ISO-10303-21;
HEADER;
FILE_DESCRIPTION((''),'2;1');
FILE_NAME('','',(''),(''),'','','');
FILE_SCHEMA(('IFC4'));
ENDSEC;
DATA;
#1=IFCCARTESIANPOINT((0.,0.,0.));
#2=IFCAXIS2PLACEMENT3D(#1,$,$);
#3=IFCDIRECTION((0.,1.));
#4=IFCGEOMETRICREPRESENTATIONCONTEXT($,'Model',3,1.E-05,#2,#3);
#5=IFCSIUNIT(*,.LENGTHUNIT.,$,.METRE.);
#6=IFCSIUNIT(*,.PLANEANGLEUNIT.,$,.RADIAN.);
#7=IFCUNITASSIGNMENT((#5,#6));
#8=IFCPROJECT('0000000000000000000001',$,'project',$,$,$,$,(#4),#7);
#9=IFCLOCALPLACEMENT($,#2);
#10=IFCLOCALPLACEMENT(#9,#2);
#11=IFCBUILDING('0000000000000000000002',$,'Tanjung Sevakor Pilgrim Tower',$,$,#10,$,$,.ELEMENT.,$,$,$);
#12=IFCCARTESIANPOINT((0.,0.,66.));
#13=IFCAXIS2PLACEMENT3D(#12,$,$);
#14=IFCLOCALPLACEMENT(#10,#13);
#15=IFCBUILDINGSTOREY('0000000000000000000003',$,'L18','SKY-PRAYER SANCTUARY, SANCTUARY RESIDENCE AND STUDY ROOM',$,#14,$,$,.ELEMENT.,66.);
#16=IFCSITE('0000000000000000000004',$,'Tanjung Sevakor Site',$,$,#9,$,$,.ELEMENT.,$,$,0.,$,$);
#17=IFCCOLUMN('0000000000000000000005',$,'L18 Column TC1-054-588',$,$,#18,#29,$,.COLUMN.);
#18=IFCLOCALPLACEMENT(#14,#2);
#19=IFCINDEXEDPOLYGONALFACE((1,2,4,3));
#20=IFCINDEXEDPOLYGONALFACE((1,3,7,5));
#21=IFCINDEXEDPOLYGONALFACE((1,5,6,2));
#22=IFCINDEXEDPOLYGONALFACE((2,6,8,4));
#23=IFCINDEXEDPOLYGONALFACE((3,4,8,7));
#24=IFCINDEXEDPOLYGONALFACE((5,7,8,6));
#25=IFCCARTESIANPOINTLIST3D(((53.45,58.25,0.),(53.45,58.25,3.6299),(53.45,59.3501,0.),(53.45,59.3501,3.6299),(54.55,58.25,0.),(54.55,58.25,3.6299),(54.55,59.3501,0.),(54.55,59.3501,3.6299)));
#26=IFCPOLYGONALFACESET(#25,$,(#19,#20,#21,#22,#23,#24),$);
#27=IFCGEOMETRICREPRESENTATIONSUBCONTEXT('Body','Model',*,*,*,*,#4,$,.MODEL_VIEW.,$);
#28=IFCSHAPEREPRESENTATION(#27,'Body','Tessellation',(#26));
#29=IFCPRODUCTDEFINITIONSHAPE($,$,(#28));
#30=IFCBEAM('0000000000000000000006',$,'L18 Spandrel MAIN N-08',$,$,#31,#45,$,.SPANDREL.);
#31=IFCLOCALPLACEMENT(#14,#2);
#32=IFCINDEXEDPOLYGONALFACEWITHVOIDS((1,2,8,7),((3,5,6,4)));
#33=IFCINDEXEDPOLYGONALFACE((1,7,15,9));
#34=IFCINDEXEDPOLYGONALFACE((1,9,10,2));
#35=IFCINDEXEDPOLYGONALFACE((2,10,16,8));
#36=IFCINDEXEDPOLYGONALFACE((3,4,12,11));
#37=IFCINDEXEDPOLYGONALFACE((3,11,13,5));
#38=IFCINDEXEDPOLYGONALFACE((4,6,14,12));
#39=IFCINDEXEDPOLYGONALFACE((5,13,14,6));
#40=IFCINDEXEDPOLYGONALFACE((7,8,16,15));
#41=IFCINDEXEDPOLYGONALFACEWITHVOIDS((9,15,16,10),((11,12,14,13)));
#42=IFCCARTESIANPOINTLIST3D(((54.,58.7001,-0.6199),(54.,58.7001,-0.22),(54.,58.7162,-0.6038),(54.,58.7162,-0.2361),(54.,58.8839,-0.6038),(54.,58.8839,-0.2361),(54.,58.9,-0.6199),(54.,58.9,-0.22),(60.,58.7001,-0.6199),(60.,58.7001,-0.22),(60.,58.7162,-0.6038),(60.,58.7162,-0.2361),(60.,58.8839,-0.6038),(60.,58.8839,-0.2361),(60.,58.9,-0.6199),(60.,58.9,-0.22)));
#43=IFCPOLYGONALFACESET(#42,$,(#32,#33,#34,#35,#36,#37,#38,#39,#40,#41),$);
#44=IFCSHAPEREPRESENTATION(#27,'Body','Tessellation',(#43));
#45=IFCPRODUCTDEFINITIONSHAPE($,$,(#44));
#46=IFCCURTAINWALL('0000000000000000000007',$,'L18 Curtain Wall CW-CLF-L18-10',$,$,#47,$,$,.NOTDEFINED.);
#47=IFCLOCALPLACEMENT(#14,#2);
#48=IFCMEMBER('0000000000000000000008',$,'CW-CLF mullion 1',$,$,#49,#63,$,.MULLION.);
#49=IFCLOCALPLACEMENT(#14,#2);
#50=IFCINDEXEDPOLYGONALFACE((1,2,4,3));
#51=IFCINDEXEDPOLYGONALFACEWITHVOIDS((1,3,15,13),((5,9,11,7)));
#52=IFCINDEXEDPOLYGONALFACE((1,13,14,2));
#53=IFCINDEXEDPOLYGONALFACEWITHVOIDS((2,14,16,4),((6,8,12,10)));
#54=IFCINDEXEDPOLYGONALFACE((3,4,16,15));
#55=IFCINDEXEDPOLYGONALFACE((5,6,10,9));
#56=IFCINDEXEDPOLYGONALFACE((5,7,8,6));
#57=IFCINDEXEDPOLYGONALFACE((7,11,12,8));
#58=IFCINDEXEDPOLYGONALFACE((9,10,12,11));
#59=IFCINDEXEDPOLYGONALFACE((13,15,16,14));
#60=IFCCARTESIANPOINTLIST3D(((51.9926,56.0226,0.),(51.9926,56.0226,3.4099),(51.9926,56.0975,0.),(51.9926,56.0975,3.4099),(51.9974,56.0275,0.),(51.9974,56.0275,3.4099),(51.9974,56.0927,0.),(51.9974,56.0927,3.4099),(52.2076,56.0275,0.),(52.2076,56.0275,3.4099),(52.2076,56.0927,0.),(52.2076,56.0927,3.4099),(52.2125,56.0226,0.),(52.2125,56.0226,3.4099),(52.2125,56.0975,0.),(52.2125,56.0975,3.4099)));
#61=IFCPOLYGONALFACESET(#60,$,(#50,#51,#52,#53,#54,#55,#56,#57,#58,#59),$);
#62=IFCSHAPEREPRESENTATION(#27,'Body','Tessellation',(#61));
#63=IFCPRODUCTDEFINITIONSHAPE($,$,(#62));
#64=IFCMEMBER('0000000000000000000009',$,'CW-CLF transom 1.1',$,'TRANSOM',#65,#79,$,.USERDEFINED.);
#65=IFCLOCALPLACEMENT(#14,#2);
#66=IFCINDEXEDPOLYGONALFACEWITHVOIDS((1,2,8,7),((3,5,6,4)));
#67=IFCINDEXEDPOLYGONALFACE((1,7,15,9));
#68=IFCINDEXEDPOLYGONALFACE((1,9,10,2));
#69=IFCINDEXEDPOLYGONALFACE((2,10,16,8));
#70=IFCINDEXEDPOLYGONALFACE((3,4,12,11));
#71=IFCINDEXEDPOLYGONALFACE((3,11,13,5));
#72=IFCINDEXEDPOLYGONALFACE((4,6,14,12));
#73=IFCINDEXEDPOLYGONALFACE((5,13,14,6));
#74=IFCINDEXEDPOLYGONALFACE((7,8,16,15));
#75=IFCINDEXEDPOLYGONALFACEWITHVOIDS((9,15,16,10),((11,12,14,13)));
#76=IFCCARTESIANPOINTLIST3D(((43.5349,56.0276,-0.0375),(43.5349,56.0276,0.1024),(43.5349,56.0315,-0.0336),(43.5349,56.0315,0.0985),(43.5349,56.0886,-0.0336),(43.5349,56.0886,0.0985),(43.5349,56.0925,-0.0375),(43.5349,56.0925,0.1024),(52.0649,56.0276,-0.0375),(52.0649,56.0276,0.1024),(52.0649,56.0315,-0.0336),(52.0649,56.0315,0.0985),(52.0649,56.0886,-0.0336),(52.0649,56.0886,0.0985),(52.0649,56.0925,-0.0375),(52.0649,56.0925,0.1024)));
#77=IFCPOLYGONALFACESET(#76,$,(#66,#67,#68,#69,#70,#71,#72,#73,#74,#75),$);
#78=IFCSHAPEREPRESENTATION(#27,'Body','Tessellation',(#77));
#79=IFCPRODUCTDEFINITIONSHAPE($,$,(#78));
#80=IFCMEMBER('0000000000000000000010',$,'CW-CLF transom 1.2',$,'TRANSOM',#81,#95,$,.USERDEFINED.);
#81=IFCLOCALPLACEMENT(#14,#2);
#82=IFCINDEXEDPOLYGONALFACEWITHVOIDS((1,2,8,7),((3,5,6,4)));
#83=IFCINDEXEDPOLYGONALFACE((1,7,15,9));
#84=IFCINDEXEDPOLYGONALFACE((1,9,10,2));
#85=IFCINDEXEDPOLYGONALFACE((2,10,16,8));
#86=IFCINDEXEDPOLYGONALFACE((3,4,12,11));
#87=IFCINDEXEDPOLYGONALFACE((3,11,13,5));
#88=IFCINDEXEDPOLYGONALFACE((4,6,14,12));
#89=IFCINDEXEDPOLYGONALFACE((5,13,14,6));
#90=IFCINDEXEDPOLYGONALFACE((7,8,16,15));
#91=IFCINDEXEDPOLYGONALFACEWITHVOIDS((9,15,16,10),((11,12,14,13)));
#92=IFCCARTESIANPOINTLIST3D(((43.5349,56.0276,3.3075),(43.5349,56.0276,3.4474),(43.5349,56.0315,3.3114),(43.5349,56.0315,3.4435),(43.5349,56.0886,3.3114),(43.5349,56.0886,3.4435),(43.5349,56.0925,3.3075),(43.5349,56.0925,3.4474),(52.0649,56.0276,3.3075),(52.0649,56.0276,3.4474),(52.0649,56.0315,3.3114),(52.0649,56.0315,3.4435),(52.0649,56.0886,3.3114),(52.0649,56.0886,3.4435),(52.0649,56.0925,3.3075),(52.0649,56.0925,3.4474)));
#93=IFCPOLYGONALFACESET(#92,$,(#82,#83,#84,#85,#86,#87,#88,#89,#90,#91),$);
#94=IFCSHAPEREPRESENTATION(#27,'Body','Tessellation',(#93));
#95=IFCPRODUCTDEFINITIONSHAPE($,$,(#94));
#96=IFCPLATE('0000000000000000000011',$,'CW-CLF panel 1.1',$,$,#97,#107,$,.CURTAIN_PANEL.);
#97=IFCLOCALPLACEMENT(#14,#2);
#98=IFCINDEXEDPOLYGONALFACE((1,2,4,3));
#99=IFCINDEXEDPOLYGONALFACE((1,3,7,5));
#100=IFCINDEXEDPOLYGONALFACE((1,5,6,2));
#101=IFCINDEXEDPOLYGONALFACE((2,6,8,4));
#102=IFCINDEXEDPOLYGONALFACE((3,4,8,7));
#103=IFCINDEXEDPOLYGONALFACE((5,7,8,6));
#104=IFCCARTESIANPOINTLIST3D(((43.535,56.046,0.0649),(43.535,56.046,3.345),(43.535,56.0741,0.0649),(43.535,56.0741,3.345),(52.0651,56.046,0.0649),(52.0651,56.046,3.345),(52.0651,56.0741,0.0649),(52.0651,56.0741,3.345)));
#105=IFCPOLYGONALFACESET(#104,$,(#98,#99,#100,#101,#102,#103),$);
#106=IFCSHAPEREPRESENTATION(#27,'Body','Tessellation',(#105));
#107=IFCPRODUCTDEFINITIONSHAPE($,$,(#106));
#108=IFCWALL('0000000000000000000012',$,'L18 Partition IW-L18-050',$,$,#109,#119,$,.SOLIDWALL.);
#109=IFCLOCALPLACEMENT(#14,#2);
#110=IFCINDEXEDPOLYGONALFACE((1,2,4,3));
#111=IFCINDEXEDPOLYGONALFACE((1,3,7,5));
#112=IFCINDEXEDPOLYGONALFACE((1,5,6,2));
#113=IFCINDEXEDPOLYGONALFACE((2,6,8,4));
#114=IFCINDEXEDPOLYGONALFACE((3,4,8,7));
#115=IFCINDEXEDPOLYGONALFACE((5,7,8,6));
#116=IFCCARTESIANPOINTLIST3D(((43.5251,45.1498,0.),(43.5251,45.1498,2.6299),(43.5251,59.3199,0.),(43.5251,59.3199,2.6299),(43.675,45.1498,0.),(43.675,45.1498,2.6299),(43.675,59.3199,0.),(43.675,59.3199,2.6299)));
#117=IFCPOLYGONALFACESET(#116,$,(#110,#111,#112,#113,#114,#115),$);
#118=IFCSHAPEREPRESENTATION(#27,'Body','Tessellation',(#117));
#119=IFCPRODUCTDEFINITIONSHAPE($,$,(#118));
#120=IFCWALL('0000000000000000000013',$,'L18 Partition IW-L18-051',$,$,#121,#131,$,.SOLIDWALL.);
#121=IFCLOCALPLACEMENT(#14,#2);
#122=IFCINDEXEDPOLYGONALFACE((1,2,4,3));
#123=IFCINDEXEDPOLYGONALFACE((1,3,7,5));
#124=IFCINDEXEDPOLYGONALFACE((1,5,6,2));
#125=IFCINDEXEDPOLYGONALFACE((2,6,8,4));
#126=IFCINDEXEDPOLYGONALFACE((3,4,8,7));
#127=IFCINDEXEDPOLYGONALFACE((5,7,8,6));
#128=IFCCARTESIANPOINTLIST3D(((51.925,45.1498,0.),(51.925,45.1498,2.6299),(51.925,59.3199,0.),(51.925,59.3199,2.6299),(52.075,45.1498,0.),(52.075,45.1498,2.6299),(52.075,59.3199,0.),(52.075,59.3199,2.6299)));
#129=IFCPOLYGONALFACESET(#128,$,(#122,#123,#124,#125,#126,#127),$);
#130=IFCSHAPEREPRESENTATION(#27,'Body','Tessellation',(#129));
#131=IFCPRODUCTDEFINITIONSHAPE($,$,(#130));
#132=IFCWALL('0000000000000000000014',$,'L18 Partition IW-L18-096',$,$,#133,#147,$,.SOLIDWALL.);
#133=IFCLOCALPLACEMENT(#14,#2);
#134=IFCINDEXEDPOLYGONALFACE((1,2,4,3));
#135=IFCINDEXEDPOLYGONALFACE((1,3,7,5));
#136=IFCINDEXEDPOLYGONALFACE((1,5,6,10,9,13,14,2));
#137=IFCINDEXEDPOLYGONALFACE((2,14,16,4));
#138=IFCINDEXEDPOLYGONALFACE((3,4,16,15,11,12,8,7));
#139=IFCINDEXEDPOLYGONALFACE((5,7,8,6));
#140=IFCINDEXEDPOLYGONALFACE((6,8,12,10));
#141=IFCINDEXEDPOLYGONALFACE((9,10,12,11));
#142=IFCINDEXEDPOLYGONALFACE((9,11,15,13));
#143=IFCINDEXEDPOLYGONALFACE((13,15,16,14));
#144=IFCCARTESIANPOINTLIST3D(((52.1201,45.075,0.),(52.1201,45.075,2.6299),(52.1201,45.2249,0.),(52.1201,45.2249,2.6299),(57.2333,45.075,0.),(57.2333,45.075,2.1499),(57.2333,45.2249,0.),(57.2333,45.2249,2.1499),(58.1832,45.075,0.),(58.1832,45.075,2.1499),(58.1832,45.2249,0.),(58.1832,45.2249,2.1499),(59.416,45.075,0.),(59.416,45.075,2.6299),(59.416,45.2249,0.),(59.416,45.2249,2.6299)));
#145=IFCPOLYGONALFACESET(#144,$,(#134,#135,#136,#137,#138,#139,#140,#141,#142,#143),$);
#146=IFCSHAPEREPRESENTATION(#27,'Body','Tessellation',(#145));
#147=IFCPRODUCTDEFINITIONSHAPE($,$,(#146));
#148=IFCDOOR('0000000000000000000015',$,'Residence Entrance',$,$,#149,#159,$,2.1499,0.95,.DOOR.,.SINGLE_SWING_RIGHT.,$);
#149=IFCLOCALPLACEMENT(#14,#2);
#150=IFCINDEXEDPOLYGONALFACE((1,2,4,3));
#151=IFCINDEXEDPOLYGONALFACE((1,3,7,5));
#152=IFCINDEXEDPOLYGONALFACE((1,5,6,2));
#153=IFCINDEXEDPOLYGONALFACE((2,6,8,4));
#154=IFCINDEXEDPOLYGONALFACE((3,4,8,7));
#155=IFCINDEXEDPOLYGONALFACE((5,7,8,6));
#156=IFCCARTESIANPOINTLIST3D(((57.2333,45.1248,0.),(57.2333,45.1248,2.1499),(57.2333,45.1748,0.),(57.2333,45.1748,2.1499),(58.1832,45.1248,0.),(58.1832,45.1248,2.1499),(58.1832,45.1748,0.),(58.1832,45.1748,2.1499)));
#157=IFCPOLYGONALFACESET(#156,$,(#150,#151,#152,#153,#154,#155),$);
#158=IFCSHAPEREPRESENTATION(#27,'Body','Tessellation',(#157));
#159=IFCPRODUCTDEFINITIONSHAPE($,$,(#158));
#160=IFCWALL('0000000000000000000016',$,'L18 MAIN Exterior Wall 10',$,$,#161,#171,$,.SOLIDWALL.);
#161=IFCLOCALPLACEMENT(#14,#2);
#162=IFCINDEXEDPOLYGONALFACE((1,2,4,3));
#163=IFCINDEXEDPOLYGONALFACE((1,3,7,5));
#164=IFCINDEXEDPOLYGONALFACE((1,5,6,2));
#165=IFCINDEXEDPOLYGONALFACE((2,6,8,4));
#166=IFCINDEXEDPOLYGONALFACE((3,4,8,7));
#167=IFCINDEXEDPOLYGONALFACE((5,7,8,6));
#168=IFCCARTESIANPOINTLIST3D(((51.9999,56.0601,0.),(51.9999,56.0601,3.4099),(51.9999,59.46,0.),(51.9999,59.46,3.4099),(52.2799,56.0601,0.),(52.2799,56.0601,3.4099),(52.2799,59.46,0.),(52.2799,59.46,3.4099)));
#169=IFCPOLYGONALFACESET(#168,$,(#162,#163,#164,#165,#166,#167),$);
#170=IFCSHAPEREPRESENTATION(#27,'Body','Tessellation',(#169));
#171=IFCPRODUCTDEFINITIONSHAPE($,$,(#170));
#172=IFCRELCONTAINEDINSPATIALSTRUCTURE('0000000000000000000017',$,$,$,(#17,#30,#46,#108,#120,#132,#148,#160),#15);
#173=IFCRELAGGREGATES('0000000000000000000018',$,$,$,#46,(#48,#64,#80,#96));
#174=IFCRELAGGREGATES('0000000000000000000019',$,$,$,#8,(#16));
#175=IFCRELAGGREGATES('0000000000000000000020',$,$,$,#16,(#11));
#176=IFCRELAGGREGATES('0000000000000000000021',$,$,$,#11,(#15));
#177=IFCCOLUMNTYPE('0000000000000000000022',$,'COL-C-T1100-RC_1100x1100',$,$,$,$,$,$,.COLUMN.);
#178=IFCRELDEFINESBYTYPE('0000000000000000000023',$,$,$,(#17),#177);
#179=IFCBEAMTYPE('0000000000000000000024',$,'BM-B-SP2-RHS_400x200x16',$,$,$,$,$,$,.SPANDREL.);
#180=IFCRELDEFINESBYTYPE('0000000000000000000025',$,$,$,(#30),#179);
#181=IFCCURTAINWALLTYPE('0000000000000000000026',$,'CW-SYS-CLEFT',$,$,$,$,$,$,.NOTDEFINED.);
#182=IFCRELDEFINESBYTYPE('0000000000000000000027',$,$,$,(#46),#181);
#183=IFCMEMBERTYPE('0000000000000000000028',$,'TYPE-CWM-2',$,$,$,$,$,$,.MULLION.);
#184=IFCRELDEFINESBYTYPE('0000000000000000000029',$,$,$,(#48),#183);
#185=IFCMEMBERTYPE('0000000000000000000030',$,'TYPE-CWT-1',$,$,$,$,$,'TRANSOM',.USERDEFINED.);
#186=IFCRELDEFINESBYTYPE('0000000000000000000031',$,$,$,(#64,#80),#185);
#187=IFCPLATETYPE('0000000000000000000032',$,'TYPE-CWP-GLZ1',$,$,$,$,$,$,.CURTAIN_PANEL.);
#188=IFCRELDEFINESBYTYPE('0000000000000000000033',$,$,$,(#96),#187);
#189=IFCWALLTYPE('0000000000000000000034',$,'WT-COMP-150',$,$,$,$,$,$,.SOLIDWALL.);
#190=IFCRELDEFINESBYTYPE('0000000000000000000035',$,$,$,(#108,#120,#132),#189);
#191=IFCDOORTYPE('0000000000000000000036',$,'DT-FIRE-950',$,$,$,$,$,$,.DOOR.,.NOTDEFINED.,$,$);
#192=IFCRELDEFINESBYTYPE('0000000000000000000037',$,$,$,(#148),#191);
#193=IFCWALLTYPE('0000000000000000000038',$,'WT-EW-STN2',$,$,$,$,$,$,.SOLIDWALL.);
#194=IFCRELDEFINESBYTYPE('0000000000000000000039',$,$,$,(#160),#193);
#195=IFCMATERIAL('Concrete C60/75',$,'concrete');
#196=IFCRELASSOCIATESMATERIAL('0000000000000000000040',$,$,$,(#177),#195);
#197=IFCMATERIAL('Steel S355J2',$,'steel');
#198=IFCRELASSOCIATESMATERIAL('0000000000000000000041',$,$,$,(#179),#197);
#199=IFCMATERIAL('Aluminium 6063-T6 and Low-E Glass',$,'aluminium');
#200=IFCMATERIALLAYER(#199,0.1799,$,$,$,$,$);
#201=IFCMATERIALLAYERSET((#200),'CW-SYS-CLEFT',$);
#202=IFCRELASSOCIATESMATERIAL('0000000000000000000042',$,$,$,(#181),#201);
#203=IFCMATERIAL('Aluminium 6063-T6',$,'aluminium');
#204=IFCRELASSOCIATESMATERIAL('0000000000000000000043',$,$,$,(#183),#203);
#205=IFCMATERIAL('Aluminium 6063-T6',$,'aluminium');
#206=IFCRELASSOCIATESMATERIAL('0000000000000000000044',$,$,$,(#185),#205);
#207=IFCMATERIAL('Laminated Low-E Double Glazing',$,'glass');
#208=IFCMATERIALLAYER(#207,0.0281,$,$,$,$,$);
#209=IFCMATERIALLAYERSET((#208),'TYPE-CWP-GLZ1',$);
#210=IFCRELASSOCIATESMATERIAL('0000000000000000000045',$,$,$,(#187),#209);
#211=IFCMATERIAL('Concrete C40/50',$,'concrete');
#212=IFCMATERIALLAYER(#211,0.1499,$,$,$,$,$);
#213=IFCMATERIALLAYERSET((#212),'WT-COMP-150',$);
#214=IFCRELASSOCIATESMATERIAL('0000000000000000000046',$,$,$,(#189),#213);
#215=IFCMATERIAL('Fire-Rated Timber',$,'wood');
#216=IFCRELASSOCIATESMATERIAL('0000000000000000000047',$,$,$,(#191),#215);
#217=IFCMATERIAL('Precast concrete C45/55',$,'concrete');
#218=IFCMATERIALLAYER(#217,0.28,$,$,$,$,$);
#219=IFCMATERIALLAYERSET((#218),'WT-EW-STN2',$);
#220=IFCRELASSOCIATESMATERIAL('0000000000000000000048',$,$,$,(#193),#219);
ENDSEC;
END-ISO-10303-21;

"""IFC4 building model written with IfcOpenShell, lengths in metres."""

from ifc_helpers import new_model, si_unit, direction, frame, frame_2d, origin, origin_2d, place, context, subcontext, project, spatial, rectangle, hollow_rectangle, extrude, material, layer, layer_set, material_profile, profile_set, type_object, element, fill, aggregate, save


model = new_model("IFC4")

# Units and contexts
model_context = context("Model", 3, precision=1e-05, world=origin(), true_north=direction((0.0, 1.0)))
body_context = subcontext(model_context, "Body", "Model", "MODEL_VIEW")
ifc_project = project(units=[si_unit("LENGTHUNIT", "METRE"), si_unit("PLANEANGLEUNIT", "RADIAN")], contexts=[model_context])

# Site, building, storey
site_placement = place(None, origin())
site = spatial("IfcSite", under=ifc_project, at=site_placement, Name="Tanjung Sevakor Site", CompositionType="ELEMENT", RefElevation=0.0)
building_placement = place(site_placement, origin())
building = spatial("IfcBuilding", under=site, at=building_placement, Name="Tanjung Sevakor Pilgrim Tower", CompositionType="ELEMENT")
storey_placement = place(building_placement, frame((0.0, 0.0, 66.0)))
storey = spatial("IfcBuildingStorey", under=building, at=storey_placement, Name="L18", Description="SKY-PRAYER SANCTUARY, SANCTUARY RESIDENCE AND STUDY ROOM", CompositionType="ELEMENT", Elevation=66.0)

# Column
ifc_material_1 = material(Name="Concrete C60/75", Category="concrete")
ifc_material_profile_1 = material_profile(ifc_material_1, rectangle(XDim=1.1001, YDim=1.1001, at=origin_2d()))
ifc_profile_set_1 = profile_set([ifc_material_profile_1], Name="Concrete C60/75")
column_type = type_object("IfcColumnType", Name="COL-C-T1100-RC_1100x1100", PredefinedType="COLUMN", material=ifc_profile_set_1)
column_placement = place(storey_placement, frame((54.0, 58.8, 0.0), z_axis=(0.0, 0.0, 1.0), x_axis=(1.0, 0.0, 0.0)))
element("IfcColumn", 1, at=column_placement, inside=storey, type_object=column_type, Name="L18 Column TC1-054-588", PredefinedType="COLUMN", context=body_context, shape_type="SweptSolid", body=[
    extrude(rectangle(XDim=1.1001, YDim=1.1001, at=origin_2d()), origin(), (0.0, 0.0, 1.0), 3.6299),
])

# Beam
ifc_material_2 = material(Name="Steel S355J2", Category="steel")
ifc_material_profile_2 = material_profile(ifc_material_2, hollow_rectangle(XDim=0.2, YDim=0.3999, WallThickness=0.0161, at=origin_2d()))
ifc_profile_set_2 = profile_set([ifc_material_profile_2], Name="Steel S355J2")
beam_type = type_object("IfcBeamType", Name="BM-B-SP2-RHS_400x200x16", PredefinedType="SPANDREL", material=ifc_profile_set_2)
beam_placement = place(storey_placement, frame((54.0, 58.8, -0.4199), z_axis=(1.0, 0.0, 0.0), x_axis=(0.0, 1.0, 0.0)))
element("IfcBeam", 2, at=beam_placement, inside=storey, type_object=beam_type, Name="L18 Spandrel MAIN N-08", PredefinedType="SPANDREL", context=body_context, shape_type="SweptSolid", body=[
    extrude(hollow_rectangle(XDim=0.2, YDim=0.3999, WallThickness=0.0161, at=origin_2d()), origin(), (0.0, 0.0, 1.0), 6.0),
])

# Curtain wall, members, plate
ifc_material_3 = material(Name="Aluminium 6063-T6 and Low-E Glass", Category="aluminium")
ifc_layer_1 = layer(ifc_material_3, 0.1799)
ifc_layer_set_1 = layer_set([ifc_layer_1], Name="CW-SYS-CLEFT")
curtain_wall_type = type_object("IfcCurtainWallType", Name="CW-SYS-CLEFT", PredefinedType="NOTDEFINED", material=ifc_layer_set_1)
curtain_wall_placement = place(storey_placement, origin())
curtain_wall = element("IfcCurtainWall", 3, at=curtain_wall_placement, inside=storey, type_object=curtain_wall_type, Name="L18 Curtain Wall CW-CLF-L18-10", PredefinedType="NOTDEFINED")
ifc_material_4 = material(Name="Aluminium 6063-T6", Category="aluminium")
ifc_material_profile_3 = material_profile(ifc_material_4, hollow_rectangle(XDim=0.075, YDim=0.22, WallThickness=0.0049, at=origin_2d()))
ifc_profile_set_3 = profile_set([ifc_material_profile_3], Name="Aluminium 6063-T6")
member_type_1 = type_object("IfcMemberType", Name="TYPE-CWM-2", PredefinedType="MULLION", material=ifc_profile_set_3)
member_1_placement = place(storey_placement, frame((52.1025, 56.0601, 0.0), z_axis=(0.0, 0.0, 1.0), x_axis=(0.0, -1.0, 0.0)))
member_1 = element("IfcMember", 4, at=member_1_placement, type_object=member_type_1, Name="CW-CLF mullion 1", PredefinedType="MULLION", context=body_context, shape_type="SweptSolid", body=[
    extrude(hollow_rectangle(XDim=0.075, YDim=0.22, WallThickness=0.0049, at=origin_2d()), origin(), (0.0, 0.0, 1.0), 3.4099),
])
ifc_material_5 = material(Name="Aluminium 6063-T6", Category="aluminium")
ifc_material_profile_4 = material_profile(ifc_material_5, hollow_rectangle(XDim=0.0649, YDim=0.1399, WallThickness=0.0039, at=origin_2d()))
ifc_profile_set_4 = profile_set([ifc_material_profile_4], Name="Aluminium 6063-T6")
member_type_2 = type_object("IfcMemberType", Name="TYPE-CWT-1", ElementType="TRANSOM", PredefinedType="USERDEFINED", material=ifc_profile_set_4)
member_2_placement = place(storey_placement, frame((52.0649, 56.0601, 0.0325), z_axis=(-1.0, 0.0, 0.0), x_axis=(0.0, -1.0, 0.0)))
member_2 = element("IfcMember", 5, at=member_2_placement, type_object=member_type_2, Name="CW-CLF transom 1.1", ObjectType="TRANSOM", PredefinedType="USERDEFINED", context=body_context, shape_type="SweptSolid", body=[
    extrude(hollow_rectangle(XDim=0.0649, YDim=0.1399, WallThickness=0.0039, at=origin_2d()), origin(), (0.0, 0.0, 1.0), 8.53),
])
member_3_placement = place(storey_placement, frame((52.0649, 56.0601, 3.3774), z_axis=(-1.0, 0.0, 0.0), x_axis=(0.0, -1.0, 0.0)))
member_3 = element("IfcMember", 6, at=member_3_placement, type_object=member_type_2, Name="CW-CLF transom 1.2", ObjectType="TRANSOM", PredefinedType="USERDEFINED", context=body_context, shape_type="SweptSolid", body=[
    extrude(hollow_rectangle(XDim=0.0649, YDim=0.1399, WallThickness=0.0039, at=origin_2d()), origin(), (0.0, 0.0, 1.0), 8.53),
])
ifc_material_6 = material(Name="Laminated Low-E Double Glazing", Category="glass")
ifc_layer_2 = layer(ifc_material_6, 0.0281)
ifc_layer_set_2 = layer_set([ifc_layer_2], Name="TYPE-CWP-GLZ1")
plate_type = type_object("IfcPlateType", Name="TYPE-CWP-GLZ1", PredefinedType="CURTAIN_PANEL", material=ifc_layer_set_2)
plate_placement = place(storey_placement, frame((47.8, 56.0601, 0.0649), z_axis=(0.0, 0.0, 1.0), x_axis=(-1.0, 0.0, 0.0)))
plate = element("IfcPlate", 7, at=plate_placement, type_object=plate_type, Name="CW-CLF panel 1.1", PredefinedType="CURTAIN_PANEL", context=body_context, shape_type="SweptSolid", body=[
    extrude(rectangle(XDim=8.53, YDim=0.0281, at=origin_2d()), origin(), (0.0, 0.0, 1.0), 3.28),
])
aggregate(curtain_wall, [member_1, member_2, member_3, plate])

# Walls
ifc_material_7 = material(Name="Concrete C40/50", Category="concrete")
ifc_layer_3 = layer(ifc_material_7, 0.1499)
ifc_layer_set_3 = layer_set([ifc_layer_3], Name="WT-COMP-150")
wall_type_1 = type_object("IfcWallType", Name="WT-COMP-150", PredefinedType="SOLIDWALL", material=ifc_layer_set_3)
for number, where, z_axis, x_axis, name in (
    (8, (43.6001, 45.1499, 0.0), (0.0, 0.0, 1.0), (0.0, 1.0, 0.0), "L18 Partition IW-L18-050"),
    (9, (52.0, 45.1499, 0.0), (0.0, 0.0, 1.0), (0.0, 1.0, 0.0), "L18 Partition IW-L18-051"),
):
    element("IfcWall", number, at=place(storey_placement, frame(where, z_axis=z_axis, x_axis=x_axis)), inside=storey, type_object=wall_type_1, Name=name, PredefinedType="SOLIDWALL", context=body_context, shape_type="SweptSolid", body=[
        extrude(rectangle(XDim=14.1702, YDim=0.1499, at=frame_2d((7.085, 0.0))), origin(), (0.0, 0.0, 1.0), 2.6299),
    ])

# Wall, opening, door
wall_1_placement = place(storey_placement, frame((52.1201, 45.1499, 0.0), z_axis=(0.0, 0.0, 1.0), x_axis=(1.0, 0.0, 0.0)))
wall_1 = element("IfcWall", 10, at=wall_1_placement, inside=storey, type_object=wall_type_1, Name="L18 Partition IW-L18-096", PredefinedType="SOLIDWALL", context=body_context, shape_type="SweptSolid", body=[
    extrude(rectangle(XDim=7.2959, YDim=0.1499, at=frame_2d((3.6479, 0.0))), origin(), (0.0, 0.0, 1.0), 2.6299),
])
opening_1_placement = place(wall_1_placement, frame((5.113, 0.0, 0.0)))
opening_1 = element("IfcOpeningElement", 11, at=opening_1_placement, cuts=wall_1, PredefinedType="OPENING", context=body_context, shape_type="SweptSolid", body=[
    extrude(rectangle(XDim=0.95, YDim=2.1499, at=frame_2d((0.4751, 1.075))), frame((0.0, 0.085, 0.0), z_axis=(0.0, -1.0, 0.0), x_axis=(1.0, 0.0, 0.0)), (0.0, 0.0, 1.0), 0.1699),
])
ifc_material_8 = material(Name="Fire-Rated Timber", Category="wood")
door_type_1 = type_object("IfcDoorType", Name="DT-FIRE-950", OperationType="NOTDEFINED", PredefinedType="DOOR", material=ifc_material_8)
door_1_placement = place(opening_1_placement, origin())
door_1 = element("IfcDoor", 12, at=door_1_placement, inside=storey, type_object=door_type_1, Name="Residence Entrance", OperationType="SINGLE_SWING_RIGHT", OverallHeight=2.1499, OverallWidth=0.95, PredefinedType="DOOR", context=body_context, shape_type="SweptSolid", body=[
    extrude(rectangle(XDim=0.95, YDim=2.1499, at=frame_2d((0.4751, 1.075))), frame((0.0, 0.0249, 0.0), z_axis=(0.0, -1.0, 0.0), x_axis=(1.0, 0.0, 0.0)), (0.0, 0.0, 1.0), 0.05),
])
fill(opening_1, door_1)

# Wall
ifc_material_9 = material(Name="Precast concrete C45/55", Category="concrete")
ifc_layer_4 = layer(ifc_material_9, 0.28)
ifc_layer_set_4 = layer_set([ifc_layer_4], Name="WT-EW-STN2")
wall_type_2 = type_object("IfcWallType", Name="WT-EW-STN2", PredefinedType="SOLIDWALL", material=ifc_layer_set_4)
wall_2_placement = place(storey_placement, frame((52.1399, 59.46, 0.0), z_axis=(0.0, 0.0, 1.0), x_axis=(0.0, -1.0, 0.0)))
element("IfcWall", 13, at=wall_2_placement, inside=storey, type_object=wall_type_2, Name="L18 MAIN Exterior Wall 10", PredefinedType="SOLIDWALL", context=body_context, shape_type="SweptSolid", body=[
    extrude(rectangle(XDim=3.3999, YDim=0.28, at=frame_2d((1.7, 0.0))), origin(), (0.0, 0.0, 1.0), 3.4099),
])

save(model, "model.ifc")
